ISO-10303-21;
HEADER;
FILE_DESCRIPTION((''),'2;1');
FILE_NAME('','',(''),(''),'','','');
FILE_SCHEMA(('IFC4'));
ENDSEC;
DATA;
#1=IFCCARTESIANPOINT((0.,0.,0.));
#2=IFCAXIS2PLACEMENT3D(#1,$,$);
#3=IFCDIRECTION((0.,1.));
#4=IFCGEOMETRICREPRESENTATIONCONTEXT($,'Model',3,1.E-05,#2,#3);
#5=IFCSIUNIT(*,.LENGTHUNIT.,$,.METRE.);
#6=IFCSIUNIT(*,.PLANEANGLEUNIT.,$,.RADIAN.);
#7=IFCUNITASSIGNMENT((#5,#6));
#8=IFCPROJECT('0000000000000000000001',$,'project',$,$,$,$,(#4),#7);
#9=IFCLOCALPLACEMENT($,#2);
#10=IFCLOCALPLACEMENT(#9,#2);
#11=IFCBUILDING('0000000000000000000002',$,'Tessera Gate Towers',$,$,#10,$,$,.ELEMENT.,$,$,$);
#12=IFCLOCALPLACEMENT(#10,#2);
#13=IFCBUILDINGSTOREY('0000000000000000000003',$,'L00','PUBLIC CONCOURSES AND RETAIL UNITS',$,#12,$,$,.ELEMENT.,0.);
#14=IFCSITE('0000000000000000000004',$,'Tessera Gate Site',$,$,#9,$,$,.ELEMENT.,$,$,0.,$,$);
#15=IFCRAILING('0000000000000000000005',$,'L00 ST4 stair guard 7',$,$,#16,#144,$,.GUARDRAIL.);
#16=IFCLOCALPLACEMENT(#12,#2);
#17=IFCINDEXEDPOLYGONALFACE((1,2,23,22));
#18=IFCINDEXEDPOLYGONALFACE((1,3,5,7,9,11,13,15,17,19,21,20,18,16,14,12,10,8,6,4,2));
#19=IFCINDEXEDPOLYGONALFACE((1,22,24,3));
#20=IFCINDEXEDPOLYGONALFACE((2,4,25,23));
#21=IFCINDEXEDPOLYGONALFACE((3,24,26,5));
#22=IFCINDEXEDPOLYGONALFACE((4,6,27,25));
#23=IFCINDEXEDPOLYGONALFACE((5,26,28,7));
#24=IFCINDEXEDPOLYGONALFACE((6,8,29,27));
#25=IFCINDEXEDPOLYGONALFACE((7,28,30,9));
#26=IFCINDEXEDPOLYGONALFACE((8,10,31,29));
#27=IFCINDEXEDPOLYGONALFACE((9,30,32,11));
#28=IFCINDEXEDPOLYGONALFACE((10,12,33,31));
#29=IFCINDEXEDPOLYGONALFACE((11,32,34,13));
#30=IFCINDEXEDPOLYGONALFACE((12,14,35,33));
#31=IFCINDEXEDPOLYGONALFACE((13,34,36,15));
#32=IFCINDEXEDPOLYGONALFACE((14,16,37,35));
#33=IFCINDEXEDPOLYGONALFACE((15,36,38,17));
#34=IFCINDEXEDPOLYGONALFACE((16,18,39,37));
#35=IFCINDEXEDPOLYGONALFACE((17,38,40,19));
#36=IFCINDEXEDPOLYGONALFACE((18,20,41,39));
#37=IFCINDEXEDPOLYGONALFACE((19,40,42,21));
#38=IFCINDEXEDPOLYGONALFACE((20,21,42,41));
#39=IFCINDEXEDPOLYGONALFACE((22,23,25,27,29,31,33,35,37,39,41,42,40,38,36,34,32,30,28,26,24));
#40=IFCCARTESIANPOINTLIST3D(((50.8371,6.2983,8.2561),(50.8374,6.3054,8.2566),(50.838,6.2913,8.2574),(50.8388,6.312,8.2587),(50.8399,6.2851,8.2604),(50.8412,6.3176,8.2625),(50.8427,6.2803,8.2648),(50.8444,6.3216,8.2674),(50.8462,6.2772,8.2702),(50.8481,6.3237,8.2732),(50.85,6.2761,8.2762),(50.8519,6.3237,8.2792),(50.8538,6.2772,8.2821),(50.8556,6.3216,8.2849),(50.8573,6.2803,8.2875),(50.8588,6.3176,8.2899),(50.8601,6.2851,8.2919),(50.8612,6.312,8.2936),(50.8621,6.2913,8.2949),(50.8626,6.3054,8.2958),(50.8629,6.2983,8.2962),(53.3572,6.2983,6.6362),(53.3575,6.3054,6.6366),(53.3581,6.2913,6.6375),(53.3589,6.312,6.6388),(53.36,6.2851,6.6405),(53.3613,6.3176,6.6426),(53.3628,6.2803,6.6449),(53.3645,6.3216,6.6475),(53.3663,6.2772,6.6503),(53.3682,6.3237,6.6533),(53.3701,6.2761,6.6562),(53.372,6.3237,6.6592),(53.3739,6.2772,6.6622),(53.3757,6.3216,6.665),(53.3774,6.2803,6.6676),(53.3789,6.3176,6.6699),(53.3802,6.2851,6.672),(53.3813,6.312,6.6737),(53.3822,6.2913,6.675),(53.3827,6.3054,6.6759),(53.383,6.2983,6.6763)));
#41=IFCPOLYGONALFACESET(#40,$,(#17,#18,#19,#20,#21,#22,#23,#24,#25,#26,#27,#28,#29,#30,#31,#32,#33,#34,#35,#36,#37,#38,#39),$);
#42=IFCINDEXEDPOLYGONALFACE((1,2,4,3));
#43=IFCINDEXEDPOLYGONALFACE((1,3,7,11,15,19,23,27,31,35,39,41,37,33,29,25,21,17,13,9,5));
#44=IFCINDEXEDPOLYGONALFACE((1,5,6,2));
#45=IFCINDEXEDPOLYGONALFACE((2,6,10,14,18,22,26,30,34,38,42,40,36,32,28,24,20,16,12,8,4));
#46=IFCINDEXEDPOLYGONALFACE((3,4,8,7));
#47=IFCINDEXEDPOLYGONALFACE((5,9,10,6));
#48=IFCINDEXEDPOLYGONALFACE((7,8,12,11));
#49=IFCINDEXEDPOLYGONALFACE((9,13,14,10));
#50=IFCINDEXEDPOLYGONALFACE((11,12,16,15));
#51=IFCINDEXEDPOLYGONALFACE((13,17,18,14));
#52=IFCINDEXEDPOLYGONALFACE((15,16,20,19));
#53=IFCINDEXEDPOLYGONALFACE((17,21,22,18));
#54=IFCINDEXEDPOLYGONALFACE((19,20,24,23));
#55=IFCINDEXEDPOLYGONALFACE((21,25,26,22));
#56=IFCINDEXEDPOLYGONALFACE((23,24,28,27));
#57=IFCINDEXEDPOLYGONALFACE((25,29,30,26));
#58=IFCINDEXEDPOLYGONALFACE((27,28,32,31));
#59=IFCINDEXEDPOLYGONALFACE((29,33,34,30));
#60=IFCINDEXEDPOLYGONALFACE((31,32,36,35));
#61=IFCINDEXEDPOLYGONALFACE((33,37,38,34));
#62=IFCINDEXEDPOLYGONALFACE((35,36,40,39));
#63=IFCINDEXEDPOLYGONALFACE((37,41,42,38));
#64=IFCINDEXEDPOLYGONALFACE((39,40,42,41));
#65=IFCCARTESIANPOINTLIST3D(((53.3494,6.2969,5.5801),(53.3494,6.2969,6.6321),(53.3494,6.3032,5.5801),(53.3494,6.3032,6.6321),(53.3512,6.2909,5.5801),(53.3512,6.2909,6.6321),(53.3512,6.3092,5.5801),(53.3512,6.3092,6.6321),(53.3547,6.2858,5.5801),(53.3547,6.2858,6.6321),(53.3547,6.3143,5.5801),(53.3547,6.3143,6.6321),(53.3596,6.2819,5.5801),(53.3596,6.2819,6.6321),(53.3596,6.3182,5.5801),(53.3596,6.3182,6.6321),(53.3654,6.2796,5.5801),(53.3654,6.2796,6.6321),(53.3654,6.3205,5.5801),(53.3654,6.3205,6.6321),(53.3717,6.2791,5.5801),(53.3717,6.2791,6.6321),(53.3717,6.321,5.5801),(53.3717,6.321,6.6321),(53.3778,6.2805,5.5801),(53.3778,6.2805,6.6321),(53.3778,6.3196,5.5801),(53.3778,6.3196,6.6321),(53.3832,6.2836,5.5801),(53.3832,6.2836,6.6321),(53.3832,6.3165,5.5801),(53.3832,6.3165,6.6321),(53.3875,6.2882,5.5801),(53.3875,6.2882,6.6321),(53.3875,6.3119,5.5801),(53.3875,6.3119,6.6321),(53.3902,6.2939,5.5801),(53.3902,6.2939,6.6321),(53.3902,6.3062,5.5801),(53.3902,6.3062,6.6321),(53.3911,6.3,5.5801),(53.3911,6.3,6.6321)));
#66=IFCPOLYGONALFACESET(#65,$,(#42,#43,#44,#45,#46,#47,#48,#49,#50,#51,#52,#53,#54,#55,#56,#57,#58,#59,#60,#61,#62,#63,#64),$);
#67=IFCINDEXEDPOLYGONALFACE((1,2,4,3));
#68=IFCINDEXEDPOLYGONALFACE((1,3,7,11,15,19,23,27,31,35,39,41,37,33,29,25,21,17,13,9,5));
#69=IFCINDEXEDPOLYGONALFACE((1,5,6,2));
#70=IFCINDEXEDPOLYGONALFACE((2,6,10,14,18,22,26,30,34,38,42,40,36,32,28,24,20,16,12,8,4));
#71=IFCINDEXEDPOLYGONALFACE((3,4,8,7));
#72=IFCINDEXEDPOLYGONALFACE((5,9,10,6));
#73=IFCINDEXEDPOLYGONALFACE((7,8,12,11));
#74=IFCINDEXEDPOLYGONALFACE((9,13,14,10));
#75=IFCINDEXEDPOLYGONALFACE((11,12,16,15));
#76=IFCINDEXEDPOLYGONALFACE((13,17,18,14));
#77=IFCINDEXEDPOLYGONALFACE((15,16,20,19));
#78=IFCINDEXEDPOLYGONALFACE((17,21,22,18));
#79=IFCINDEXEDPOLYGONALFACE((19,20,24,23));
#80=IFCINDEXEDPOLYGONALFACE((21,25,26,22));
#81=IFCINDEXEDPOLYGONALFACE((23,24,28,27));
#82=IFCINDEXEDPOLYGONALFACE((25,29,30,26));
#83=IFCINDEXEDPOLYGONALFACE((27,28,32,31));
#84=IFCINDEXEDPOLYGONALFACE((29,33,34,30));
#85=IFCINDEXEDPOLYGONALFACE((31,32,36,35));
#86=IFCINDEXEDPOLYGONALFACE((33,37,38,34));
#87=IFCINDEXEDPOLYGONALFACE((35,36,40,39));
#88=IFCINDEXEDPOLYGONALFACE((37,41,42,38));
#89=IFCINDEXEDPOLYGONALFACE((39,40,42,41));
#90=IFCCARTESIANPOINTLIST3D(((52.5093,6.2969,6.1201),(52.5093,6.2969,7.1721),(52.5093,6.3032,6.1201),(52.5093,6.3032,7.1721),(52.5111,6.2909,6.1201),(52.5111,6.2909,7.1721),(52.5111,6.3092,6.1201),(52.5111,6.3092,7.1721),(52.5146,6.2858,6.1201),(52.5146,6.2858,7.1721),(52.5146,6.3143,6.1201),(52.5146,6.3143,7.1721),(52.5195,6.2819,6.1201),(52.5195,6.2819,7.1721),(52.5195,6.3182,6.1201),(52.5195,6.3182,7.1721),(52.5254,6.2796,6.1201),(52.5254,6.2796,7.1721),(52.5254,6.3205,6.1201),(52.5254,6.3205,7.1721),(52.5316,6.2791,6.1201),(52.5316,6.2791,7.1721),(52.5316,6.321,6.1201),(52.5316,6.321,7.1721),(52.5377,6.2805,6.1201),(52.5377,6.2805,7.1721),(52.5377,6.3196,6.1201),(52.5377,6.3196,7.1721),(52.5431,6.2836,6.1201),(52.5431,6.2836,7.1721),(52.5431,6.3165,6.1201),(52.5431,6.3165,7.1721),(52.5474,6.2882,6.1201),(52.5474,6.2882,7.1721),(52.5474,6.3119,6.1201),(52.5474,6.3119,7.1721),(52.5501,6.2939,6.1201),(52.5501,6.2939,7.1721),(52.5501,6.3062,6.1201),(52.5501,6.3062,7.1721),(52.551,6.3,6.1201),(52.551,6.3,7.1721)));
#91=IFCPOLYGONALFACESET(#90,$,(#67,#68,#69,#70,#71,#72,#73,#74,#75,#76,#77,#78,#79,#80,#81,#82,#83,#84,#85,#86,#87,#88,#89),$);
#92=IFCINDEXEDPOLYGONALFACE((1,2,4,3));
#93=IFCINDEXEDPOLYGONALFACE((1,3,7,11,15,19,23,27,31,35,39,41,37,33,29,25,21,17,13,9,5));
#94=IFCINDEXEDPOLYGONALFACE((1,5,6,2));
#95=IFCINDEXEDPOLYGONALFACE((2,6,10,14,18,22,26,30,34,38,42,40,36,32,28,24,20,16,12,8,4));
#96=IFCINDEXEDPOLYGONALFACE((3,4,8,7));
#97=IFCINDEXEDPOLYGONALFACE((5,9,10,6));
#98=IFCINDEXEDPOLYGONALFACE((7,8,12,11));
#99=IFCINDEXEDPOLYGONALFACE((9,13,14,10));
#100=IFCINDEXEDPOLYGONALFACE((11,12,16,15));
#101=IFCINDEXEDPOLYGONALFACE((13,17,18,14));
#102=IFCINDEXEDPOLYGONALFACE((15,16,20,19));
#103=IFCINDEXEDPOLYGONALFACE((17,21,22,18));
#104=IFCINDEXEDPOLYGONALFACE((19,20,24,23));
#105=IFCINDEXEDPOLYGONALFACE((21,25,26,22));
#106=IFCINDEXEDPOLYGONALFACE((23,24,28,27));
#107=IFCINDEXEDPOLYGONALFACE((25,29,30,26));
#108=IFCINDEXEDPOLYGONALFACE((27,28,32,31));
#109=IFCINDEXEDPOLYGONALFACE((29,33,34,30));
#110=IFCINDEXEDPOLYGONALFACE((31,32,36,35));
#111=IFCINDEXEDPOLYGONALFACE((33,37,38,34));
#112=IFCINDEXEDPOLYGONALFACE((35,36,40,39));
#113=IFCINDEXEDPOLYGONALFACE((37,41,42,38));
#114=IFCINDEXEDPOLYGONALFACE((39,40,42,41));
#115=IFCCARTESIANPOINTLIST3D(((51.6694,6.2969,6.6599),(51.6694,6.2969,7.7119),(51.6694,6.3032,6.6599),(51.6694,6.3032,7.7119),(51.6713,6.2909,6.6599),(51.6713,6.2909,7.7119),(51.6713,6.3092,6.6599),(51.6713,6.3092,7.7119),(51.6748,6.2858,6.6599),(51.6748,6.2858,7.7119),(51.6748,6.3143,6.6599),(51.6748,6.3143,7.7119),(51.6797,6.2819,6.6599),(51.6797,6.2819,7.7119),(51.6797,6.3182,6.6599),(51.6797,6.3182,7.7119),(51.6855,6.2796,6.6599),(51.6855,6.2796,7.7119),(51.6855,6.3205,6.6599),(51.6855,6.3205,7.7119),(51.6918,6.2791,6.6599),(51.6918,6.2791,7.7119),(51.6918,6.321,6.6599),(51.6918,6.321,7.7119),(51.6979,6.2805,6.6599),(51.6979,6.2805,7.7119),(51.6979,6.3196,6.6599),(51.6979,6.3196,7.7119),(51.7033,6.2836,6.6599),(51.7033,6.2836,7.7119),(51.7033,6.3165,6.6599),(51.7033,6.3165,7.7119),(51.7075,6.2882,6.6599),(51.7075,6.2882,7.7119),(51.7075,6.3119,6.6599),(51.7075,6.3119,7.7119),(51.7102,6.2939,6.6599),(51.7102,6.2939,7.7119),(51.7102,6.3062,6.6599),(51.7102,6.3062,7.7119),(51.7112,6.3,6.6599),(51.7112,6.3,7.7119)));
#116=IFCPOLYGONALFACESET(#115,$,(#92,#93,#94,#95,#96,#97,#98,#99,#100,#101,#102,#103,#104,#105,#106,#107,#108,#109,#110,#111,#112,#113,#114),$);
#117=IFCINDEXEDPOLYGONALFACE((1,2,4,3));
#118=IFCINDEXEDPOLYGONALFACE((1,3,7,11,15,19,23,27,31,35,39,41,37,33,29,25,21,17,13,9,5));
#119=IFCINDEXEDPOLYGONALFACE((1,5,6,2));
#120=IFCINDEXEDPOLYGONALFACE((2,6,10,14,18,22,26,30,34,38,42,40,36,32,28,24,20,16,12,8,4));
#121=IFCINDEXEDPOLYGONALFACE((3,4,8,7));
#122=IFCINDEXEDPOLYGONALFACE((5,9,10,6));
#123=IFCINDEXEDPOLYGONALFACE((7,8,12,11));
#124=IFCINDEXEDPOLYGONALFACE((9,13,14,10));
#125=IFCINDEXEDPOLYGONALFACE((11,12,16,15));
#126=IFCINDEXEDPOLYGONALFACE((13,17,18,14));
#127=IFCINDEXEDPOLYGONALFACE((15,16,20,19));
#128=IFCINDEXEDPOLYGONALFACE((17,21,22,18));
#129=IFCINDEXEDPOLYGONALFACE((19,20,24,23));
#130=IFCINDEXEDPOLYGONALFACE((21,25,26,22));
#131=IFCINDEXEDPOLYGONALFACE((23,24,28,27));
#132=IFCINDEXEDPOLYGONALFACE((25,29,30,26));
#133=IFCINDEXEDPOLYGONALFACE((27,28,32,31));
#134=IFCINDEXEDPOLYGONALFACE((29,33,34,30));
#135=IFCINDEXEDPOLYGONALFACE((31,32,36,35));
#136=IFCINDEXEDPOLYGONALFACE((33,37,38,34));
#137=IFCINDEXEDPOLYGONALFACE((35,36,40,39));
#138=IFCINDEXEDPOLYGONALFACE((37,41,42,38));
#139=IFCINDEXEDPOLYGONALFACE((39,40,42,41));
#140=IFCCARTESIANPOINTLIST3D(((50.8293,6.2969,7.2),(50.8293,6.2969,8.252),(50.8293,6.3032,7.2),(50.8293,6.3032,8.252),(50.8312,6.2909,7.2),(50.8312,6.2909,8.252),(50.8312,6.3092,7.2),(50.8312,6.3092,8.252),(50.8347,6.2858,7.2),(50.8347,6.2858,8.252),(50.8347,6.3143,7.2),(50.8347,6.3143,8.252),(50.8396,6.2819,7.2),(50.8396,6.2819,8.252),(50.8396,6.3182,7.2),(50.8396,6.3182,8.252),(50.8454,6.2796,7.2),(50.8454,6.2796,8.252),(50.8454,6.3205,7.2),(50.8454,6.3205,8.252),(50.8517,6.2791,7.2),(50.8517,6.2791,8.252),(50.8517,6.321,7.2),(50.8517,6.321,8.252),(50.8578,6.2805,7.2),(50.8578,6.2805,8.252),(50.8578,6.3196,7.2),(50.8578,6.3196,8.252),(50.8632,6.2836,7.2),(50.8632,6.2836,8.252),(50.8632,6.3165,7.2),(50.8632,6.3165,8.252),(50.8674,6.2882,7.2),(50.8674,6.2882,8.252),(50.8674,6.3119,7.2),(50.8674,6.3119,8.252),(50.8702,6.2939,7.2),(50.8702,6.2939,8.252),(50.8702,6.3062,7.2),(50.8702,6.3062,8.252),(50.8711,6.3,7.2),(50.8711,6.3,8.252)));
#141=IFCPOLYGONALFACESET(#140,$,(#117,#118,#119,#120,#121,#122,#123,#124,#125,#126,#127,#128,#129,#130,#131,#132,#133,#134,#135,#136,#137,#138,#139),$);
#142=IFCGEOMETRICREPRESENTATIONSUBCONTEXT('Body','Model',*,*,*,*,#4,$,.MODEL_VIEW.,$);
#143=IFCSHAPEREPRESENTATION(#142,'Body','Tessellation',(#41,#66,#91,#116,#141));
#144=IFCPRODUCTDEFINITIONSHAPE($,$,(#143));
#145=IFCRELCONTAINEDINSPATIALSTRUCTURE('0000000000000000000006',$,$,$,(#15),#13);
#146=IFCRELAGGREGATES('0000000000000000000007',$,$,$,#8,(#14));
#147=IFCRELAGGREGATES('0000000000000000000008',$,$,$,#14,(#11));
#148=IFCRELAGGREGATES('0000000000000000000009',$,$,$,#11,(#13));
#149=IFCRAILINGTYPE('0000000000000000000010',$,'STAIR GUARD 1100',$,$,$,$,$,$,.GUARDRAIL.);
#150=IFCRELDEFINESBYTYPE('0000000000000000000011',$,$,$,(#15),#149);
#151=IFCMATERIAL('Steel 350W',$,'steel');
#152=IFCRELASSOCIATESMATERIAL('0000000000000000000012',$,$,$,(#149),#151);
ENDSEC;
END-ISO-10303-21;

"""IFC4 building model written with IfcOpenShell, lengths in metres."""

from ifc_helpers import new_model, si_unit, direction, frame, origin, origin_2d, place, context, subcontext, project, spatial, circle, extrude, material, type_object, element, save


model = new_model("IFC4")

# Units and contexts
model_context = context("Model", 3, precision=1e-05, world=origin(), true_north=direction((0.0, 1.0)))
body_context = subcontext(model_context, "Body", "Model", "MODEL_VIEW")
ifc_project = project(units=[si_unit("LENGTHUNIT", "METRE"), si_unit("PLANEANGLEUNIT", "RADIAN")], contexts=[model_context])

# Site, building, storey
site_placement = place(None, origin())
site = spatial("IfcSite", under=ifc_project, at=site_placement, Name="Tessera Gate Site", CompositionType="ELEMENT", RefElevation=0.0)
building_placement = place(site_placement, origin())
building = spatial("IfcBuilding", under=site, at=building_placement, Name="Tessera Gate Towers", CompositionType="ELEMENT")
storey_placement = place(building_placement, origin())
storey = spatial("IfcBuildingStorey", under=building, at=storey_placement, Name="L00", Description="PUBLIC CONCOURSES AND RETAIL UNITS", CompositionType="ELEMENT", Elevation=0.0)

# Railing
ifc_material_1 = material(Name="Steel 350W", Category="steel")
railing_type_1 = type_object("IfcRailingType", Name="STAIR GUARD 1100", PredefinedType="GUARDRAIL", material=ifc_material_1)
railing_1_placement = place(storey_placement, frame((53.3701, 6.3, 5.5801)))
element("IfcRailing", 1, at=railing_1_placement, inside=storey, type_object=railing_type_1, Name="L00 ST4 stair guard 7", PredefinedType="GUARDRAIL", context=body_context, shape_type="SweptSolid", body=[
    extrude(circle(Radius=0.0239, at=origin_2d()), frame((0.0, 0.0, 1.0762), z_axis=(-0.8412, 0.0, 0.540725), x_axis=(0.0, -1.0, 0.0)), (0.0, 0.0, 1.0), 2.9958),
    extrude(circle(Radius=0.021, at=origin_2d()), origin(), (0.0, 0.0, 1.0), 1.052),
    extrude(circle(Radius=0.021, at=origin_2d()), frame((-0.8401, 0.0, 0.54)), (0.0, 0.0, 1.0), 1.052),
    extrude(circle(Radius=0.021, at=origin_2d()), frame((-1.6799, 0.0, 1.0798)), (0.0, 0.0, 1.0), 1.052),
    extrude(circle(Radius=0.021, at=origin_2d()), frame((-2.52, 0.0, 1.6199)), (0.0, 0.0, 1.0), 1.052),
])

save(model, "model.ifc")
